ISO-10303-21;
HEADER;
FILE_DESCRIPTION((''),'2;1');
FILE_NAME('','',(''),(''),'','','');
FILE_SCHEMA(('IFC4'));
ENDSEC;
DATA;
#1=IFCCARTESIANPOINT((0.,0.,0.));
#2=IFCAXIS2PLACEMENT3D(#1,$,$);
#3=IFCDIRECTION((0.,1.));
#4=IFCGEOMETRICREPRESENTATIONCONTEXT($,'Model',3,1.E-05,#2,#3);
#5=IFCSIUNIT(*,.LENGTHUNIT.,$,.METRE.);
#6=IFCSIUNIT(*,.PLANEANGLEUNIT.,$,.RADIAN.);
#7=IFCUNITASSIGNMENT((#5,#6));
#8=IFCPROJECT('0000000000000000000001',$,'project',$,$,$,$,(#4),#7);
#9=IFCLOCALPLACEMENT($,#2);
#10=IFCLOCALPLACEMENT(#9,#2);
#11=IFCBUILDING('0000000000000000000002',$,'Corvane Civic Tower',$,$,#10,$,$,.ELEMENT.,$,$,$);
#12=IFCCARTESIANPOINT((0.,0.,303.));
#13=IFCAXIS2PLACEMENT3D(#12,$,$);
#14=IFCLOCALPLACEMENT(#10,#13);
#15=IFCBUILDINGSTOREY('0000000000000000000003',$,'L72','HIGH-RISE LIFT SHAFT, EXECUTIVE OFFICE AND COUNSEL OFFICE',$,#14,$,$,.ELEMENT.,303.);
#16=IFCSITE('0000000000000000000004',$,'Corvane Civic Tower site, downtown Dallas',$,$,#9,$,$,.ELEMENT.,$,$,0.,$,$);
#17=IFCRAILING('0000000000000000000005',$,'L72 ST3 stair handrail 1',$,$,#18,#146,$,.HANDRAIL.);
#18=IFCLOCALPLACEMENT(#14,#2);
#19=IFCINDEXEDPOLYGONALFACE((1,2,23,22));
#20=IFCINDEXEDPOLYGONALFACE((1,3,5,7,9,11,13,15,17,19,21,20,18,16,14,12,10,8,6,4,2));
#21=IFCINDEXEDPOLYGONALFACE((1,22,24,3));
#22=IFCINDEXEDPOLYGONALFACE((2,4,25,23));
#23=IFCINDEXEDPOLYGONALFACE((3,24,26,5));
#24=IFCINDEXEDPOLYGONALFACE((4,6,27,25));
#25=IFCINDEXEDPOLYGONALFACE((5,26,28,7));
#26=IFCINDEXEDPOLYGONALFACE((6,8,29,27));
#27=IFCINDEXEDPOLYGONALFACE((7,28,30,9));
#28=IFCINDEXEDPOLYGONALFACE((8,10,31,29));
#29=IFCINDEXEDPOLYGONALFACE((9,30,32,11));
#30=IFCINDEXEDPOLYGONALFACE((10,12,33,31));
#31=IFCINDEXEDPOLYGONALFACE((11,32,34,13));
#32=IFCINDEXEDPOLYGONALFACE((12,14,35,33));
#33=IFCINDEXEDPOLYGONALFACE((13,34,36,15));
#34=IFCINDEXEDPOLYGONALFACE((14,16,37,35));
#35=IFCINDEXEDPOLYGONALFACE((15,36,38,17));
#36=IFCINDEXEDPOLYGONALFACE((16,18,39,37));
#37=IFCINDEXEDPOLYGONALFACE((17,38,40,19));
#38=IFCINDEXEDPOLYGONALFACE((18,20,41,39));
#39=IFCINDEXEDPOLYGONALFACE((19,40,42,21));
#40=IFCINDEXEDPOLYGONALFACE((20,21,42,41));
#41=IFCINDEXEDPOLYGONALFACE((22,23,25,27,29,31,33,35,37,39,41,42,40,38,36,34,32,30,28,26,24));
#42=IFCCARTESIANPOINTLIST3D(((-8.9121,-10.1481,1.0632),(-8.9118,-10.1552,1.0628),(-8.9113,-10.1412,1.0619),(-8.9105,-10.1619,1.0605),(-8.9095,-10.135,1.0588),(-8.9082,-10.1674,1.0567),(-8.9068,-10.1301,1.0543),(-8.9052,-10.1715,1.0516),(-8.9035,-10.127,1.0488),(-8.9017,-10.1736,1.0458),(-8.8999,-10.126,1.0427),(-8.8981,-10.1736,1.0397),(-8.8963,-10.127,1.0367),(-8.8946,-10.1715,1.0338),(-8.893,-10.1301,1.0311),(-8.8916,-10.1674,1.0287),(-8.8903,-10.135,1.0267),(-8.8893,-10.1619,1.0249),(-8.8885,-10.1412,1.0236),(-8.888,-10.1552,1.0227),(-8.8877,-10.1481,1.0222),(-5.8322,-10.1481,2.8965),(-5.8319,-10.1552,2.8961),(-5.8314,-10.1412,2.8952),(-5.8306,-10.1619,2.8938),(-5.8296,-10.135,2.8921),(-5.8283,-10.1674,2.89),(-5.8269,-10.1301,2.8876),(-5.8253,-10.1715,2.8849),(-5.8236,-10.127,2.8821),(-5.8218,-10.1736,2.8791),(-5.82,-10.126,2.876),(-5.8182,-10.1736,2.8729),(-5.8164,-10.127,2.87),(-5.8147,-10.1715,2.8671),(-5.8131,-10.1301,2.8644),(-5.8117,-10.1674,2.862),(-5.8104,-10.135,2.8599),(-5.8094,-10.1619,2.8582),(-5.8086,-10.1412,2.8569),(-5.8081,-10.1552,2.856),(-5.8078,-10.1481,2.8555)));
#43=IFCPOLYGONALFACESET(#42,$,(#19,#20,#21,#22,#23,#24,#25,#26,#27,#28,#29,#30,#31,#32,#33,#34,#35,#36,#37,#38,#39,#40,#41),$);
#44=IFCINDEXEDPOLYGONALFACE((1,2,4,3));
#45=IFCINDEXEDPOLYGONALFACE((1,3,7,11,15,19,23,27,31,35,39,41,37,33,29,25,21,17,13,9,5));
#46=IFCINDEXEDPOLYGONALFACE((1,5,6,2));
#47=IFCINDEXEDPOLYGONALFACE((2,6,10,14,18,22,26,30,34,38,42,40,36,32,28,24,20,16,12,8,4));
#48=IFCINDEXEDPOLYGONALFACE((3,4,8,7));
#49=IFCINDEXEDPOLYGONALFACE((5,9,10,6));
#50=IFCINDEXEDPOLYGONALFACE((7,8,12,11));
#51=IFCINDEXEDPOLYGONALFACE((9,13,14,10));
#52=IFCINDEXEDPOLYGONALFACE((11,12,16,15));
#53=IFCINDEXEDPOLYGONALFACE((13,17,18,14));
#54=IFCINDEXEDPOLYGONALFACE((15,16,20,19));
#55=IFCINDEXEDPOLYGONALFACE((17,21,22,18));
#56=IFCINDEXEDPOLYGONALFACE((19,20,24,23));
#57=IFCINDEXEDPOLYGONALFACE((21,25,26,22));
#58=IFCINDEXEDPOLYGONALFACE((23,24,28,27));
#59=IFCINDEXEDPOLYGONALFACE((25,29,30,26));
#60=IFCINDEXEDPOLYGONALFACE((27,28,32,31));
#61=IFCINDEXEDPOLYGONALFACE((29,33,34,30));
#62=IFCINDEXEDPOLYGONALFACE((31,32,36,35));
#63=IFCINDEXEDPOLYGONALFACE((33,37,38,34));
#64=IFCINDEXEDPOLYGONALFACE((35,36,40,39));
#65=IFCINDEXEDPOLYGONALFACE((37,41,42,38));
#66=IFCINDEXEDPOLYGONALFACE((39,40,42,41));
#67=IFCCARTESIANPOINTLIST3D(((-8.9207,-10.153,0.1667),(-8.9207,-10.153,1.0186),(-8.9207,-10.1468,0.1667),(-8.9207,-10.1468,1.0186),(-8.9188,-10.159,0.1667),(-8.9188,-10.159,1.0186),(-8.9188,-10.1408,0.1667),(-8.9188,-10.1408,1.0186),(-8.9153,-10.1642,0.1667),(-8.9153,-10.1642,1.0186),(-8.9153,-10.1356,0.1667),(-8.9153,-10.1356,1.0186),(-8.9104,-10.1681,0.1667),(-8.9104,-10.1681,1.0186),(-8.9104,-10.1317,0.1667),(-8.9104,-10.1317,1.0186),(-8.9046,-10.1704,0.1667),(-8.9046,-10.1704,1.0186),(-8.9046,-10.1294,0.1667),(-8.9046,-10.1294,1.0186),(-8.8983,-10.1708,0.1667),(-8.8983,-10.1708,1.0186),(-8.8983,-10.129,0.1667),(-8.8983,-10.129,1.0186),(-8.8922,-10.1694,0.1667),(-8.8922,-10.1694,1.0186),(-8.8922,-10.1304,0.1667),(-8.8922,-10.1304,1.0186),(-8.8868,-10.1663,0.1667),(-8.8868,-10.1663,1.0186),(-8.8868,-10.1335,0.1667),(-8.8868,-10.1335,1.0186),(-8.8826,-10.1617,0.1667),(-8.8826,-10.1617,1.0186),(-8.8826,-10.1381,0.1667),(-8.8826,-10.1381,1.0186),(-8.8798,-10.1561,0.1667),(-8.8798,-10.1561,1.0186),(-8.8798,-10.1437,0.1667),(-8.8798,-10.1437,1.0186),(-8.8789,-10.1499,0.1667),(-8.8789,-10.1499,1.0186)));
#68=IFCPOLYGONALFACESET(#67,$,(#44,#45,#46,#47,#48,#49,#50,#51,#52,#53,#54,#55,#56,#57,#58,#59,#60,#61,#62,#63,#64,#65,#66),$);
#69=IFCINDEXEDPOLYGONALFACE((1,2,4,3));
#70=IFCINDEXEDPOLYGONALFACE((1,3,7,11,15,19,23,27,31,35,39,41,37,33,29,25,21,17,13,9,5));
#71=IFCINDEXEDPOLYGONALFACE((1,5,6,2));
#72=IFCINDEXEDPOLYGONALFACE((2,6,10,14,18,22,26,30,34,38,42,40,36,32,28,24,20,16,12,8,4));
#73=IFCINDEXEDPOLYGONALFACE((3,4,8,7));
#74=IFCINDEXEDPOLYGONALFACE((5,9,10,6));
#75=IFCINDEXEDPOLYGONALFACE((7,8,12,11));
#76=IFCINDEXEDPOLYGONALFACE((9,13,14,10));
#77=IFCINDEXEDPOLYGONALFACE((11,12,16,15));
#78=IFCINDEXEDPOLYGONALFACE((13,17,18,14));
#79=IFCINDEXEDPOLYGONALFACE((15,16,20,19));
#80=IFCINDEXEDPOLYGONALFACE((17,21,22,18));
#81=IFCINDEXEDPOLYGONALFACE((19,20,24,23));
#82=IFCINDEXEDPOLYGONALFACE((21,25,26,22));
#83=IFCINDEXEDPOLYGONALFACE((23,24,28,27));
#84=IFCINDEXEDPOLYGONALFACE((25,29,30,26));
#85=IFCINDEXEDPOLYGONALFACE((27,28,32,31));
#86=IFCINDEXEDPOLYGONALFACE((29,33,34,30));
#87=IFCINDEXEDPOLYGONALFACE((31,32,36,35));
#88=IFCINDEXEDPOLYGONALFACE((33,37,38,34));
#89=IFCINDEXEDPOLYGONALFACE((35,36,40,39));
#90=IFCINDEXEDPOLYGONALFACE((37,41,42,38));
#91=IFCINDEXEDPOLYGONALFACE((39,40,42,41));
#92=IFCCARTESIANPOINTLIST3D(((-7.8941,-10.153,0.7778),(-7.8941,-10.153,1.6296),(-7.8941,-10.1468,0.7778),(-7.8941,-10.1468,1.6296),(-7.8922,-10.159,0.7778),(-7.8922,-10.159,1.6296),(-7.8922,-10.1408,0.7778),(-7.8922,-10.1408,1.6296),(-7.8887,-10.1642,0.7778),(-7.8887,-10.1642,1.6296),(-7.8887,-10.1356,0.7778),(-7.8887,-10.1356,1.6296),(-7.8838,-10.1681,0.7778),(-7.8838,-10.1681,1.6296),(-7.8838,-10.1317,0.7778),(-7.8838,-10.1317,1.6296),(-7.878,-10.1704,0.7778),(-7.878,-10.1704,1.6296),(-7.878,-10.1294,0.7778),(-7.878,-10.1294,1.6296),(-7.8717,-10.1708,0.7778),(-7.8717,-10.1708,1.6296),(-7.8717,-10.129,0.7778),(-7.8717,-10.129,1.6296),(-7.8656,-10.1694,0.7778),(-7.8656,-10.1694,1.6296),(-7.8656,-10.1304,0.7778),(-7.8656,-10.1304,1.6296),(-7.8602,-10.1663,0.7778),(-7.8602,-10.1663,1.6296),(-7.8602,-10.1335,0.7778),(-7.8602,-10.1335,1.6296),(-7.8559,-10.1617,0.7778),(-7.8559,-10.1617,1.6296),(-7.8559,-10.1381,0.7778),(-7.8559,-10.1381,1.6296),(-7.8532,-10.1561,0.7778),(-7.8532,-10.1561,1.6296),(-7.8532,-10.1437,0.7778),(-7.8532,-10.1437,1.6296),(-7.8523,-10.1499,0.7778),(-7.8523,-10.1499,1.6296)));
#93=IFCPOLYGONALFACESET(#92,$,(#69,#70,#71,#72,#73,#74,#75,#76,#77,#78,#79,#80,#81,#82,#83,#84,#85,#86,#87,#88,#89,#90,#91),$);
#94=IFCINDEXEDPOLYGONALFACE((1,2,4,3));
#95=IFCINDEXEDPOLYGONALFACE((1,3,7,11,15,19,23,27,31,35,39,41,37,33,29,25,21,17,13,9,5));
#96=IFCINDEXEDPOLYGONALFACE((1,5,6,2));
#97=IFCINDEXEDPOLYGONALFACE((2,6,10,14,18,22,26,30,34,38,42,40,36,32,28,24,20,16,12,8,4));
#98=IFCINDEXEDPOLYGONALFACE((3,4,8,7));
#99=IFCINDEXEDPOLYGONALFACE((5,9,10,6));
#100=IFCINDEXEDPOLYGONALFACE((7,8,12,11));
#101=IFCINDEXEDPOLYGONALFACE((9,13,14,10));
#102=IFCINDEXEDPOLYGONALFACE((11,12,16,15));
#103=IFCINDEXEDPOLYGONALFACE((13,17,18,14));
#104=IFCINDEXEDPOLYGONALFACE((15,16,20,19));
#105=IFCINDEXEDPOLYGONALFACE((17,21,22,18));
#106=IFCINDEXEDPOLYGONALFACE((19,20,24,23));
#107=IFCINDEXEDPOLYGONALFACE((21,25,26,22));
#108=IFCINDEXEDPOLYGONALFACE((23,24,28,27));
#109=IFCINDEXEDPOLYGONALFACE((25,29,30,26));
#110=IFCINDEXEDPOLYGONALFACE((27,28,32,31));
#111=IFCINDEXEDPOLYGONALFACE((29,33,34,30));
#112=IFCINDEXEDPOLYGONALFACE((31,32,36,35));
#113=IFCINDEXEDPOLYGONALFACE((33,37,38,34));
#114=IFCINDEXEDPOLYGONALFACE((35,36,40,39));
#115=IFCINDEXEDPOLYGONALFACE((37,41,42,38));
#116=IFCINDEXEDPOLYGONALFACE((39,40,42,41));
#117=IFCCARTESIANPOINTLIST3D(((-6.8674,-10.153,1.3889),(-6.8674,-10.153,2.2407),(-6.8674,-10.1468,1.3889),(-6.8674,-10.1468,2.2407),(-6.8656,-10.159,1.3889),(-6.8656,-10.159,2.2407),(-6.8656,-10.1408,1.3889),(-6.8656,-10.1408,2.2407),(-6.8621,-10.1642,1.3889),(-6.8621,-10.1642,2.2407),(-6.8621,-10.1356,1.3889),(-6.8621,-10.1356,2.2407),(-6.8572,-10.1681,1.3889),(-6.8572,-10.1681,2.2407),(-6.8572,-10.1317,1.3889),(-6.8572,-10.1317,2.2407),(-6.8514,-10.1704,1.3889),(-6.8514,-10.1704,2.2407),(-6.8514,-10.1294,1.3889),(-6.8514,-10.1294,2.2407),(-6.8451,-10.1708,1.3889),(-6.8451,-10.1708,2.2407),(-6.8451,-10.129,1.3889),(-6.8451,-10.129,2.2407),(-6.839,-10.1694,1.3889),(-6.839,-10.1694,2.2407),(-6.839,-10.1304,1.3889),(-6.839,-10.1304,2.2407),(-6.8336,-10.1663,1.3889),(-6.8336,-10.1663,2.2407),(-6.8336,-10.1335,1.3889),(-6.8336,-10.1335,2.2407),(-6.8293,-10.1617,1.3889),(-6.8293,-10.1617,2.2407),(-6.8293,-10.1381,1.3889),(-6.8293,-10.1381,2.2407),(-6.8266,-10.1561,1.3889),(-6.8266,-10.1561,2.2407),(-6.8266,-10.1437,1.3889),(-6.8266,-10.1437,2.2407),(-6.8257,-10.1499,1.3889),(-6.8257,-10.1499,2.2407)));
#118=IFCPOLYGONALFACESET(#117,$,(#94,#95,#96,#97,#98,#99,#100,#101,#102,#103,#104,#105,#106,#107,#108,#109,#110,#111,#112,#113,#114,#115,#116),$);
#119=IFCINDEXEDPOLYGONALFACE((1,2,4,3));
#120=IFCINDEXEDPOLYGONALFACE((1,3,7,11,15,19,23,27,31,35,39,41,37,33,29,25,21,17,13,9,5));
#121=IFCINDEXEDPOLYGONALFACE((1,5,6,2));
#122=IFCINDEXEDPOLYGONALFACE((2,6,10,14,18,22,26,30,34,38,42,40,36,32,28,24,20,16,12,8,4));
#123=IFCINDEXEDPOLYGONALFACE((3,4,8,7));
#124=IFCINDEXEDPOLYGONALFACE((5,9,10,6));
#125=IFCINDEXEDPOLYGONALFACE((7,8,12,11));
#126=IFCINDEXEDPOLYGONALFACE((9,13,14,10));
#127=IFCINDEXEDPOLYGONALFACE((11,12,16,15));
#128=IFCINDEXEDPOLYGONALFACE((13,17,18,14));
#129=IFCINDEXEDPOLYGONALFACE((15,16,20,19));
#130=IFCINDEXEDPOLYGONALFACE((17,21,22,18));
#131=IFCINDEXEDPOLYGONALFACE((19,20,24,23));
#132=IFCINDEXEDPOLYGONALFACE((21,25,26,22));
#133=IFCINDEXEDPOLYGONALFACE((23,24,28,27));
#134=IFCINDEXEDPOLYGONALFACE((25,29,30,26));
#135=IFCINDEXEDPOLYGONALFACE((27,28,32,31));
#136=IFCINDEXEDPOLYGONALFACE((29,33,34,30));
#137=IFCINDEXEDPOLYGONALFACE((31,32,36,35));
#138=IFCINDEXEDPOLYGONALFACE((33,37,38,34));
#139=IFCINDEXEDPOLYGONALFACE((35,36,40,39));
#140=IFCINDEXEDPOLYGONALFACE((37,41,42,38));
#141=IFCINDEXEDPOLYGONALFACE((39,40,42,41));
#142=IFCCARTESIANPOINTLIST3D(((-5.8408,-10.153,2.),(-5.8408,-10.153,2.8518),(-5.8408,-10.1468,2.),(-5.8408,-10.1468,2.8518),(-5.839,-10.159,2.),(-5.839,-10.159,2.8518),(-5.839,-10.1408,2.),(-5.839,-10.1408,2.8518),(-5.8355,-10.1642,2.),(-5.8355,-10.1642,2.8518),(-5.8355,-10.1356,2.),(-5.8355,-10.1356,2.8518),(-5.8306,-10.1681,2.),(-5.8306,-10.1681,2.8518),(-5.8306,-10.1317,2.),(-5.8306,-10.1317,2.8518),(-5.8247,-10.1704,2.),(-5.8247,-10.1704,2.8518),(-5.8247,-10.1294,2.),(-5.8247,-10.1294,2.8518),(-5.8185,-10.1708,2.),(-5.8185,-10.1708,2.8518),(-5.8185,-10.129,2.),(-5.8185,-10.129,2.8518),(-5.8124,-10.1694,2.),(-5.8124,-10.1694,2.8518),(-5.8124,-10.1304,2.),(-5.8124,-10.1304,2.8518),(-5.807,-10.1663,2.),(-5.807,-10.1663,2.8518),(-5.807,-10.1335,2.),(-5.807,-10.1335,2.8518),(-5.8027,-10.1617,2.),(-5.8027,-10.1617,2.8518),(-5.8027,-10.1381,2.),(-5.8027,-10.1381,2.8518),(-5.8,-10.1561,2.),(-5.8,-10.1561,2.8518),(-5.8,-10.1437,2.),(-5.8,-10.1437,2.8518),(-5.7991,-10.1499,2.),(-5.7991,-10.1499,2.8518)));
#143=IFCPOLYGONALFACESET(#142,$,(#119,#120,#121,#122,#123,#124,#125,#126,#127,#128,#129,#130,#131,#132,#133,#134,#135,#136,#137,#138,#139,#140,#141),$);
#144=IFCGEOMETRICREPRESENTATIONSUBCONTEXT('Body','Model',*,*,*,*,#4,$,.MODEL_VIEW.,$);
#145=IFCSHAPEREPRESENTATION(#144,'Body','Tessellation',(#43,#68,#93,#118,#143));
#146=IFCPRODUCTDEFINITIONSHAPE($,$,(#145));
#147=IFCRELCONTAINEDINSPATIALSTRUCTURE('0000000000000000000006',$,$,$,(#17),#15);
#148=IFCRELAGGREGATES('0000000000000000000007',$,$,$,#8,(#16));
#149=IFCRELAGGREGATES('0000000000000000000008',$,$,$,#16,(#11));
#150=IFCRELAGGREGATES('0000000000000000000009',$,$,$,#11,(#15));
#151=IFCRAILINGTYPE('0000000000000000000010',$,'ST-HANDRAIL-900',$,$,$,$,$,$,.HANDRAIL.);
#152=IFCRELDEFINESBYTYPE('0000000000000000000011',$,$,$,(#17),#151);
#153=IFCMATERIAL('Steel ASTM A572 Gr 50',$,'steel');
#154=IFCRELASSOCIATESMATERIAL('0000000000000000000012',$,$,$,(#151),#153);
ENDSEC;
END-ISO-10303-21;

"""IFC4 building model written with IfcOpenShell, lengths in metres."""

from ifc_helpers import new_model, si_unit, direction, frame, origin, origin_2d, place, context, subcontext, project, spatial, circle, extrude, material, type_object, element, save


model = new_model("IFC4")

# Units and contexts
model_context = context("Model", 3, precision=1e-05, world=origin(), true_north=direction((0.0, 1.0)))
body_context = subcontext(model_context, "Body", "Model", "MODEL_VIEW")
ifc_project = project(units=[si_unit("LENGTHUNIT", "METRE"), si_unit("PLANEANGLEUNIT", "RADIAN")], contexts=[model_context])

# Site, building, storey
site_placement = place(None, origin())
site = spatial("IfcSite", under=ifc_project, at=site_placement, Name="Corvane Civic Tower site, downtown Dallas", CompositionType="ELEMENT", RefElevation=0.0)
building_placement = place(site_placement, origin())
building = spatial("IfcBuilding", under=site, at=building_placement, Name="Corvane Civic Tower", CompositionType="ELEMENT")
storey_placement = place(building_placement, frame((0.0, 0.0, 303.0)))
storey = spatial("IfcBuildingStorey", under=building, at=storey_placement, Name="L72", Description="HIGH-RISE LIFT SHAFT, EXECUTIVE OFFICE AND COUNSEL OFFICE", CompositionType="ELEMENT", Elevation=303.0)

# Railing
ifc_material_1 = material(Name="Steel ASTM A572 Gr 50", Category="steel")
railing_type_1 = type_object("IfcRailingType", Name="ST-HANDRAIL-900", PredefinedType="HANDRAIL", material=ifc_material_1)
railing_1_placement = place(storey_placement, frame((-8.8999, -10.1499, 0.1667)))
element("IfcRailing", 1, at=railing_1_placement, inside=storey, type_object=railing_type_1, Name="L72 ST3 stair handrail 1", PredefinedType="HANDRAIL", context=body_context, shape_type="SweptSolid", body=[
    extrude(circle(Radius=0.0239, at=origin_2d()), frame((0.0, 0.0, 0.876), z_axis=(0.859291, 0.0, 0.511487), x_axis=(0.0, 1.0, 0.0)), (0.0, 0.0, 1.0), 3.5842),
    extrude(circle(Radius=0.021, at=origin_2d()), origin(), (0.0, 0.0, 1.0), 0.8518),
    extrude(circle(Radius=0.021, at=origin_2d()), frame((1.0266, 0.0, 0.6111)), (0.0, 0.0, 1.0), 0.8518),
    extrude(circle(Radius=0.021, at=origin_2d()), frame((2.0532, 0.0, 1.2222)), (0.0, 0.0, 1.0), 0.8518),
    extrude(circle(Radius=0.021, at=origin_2d()), frame((3.0798, 0.0, 1.8333)), (0.0, 0.0, 1.0), 0.8518),
])

save(model, "model.ifc")
